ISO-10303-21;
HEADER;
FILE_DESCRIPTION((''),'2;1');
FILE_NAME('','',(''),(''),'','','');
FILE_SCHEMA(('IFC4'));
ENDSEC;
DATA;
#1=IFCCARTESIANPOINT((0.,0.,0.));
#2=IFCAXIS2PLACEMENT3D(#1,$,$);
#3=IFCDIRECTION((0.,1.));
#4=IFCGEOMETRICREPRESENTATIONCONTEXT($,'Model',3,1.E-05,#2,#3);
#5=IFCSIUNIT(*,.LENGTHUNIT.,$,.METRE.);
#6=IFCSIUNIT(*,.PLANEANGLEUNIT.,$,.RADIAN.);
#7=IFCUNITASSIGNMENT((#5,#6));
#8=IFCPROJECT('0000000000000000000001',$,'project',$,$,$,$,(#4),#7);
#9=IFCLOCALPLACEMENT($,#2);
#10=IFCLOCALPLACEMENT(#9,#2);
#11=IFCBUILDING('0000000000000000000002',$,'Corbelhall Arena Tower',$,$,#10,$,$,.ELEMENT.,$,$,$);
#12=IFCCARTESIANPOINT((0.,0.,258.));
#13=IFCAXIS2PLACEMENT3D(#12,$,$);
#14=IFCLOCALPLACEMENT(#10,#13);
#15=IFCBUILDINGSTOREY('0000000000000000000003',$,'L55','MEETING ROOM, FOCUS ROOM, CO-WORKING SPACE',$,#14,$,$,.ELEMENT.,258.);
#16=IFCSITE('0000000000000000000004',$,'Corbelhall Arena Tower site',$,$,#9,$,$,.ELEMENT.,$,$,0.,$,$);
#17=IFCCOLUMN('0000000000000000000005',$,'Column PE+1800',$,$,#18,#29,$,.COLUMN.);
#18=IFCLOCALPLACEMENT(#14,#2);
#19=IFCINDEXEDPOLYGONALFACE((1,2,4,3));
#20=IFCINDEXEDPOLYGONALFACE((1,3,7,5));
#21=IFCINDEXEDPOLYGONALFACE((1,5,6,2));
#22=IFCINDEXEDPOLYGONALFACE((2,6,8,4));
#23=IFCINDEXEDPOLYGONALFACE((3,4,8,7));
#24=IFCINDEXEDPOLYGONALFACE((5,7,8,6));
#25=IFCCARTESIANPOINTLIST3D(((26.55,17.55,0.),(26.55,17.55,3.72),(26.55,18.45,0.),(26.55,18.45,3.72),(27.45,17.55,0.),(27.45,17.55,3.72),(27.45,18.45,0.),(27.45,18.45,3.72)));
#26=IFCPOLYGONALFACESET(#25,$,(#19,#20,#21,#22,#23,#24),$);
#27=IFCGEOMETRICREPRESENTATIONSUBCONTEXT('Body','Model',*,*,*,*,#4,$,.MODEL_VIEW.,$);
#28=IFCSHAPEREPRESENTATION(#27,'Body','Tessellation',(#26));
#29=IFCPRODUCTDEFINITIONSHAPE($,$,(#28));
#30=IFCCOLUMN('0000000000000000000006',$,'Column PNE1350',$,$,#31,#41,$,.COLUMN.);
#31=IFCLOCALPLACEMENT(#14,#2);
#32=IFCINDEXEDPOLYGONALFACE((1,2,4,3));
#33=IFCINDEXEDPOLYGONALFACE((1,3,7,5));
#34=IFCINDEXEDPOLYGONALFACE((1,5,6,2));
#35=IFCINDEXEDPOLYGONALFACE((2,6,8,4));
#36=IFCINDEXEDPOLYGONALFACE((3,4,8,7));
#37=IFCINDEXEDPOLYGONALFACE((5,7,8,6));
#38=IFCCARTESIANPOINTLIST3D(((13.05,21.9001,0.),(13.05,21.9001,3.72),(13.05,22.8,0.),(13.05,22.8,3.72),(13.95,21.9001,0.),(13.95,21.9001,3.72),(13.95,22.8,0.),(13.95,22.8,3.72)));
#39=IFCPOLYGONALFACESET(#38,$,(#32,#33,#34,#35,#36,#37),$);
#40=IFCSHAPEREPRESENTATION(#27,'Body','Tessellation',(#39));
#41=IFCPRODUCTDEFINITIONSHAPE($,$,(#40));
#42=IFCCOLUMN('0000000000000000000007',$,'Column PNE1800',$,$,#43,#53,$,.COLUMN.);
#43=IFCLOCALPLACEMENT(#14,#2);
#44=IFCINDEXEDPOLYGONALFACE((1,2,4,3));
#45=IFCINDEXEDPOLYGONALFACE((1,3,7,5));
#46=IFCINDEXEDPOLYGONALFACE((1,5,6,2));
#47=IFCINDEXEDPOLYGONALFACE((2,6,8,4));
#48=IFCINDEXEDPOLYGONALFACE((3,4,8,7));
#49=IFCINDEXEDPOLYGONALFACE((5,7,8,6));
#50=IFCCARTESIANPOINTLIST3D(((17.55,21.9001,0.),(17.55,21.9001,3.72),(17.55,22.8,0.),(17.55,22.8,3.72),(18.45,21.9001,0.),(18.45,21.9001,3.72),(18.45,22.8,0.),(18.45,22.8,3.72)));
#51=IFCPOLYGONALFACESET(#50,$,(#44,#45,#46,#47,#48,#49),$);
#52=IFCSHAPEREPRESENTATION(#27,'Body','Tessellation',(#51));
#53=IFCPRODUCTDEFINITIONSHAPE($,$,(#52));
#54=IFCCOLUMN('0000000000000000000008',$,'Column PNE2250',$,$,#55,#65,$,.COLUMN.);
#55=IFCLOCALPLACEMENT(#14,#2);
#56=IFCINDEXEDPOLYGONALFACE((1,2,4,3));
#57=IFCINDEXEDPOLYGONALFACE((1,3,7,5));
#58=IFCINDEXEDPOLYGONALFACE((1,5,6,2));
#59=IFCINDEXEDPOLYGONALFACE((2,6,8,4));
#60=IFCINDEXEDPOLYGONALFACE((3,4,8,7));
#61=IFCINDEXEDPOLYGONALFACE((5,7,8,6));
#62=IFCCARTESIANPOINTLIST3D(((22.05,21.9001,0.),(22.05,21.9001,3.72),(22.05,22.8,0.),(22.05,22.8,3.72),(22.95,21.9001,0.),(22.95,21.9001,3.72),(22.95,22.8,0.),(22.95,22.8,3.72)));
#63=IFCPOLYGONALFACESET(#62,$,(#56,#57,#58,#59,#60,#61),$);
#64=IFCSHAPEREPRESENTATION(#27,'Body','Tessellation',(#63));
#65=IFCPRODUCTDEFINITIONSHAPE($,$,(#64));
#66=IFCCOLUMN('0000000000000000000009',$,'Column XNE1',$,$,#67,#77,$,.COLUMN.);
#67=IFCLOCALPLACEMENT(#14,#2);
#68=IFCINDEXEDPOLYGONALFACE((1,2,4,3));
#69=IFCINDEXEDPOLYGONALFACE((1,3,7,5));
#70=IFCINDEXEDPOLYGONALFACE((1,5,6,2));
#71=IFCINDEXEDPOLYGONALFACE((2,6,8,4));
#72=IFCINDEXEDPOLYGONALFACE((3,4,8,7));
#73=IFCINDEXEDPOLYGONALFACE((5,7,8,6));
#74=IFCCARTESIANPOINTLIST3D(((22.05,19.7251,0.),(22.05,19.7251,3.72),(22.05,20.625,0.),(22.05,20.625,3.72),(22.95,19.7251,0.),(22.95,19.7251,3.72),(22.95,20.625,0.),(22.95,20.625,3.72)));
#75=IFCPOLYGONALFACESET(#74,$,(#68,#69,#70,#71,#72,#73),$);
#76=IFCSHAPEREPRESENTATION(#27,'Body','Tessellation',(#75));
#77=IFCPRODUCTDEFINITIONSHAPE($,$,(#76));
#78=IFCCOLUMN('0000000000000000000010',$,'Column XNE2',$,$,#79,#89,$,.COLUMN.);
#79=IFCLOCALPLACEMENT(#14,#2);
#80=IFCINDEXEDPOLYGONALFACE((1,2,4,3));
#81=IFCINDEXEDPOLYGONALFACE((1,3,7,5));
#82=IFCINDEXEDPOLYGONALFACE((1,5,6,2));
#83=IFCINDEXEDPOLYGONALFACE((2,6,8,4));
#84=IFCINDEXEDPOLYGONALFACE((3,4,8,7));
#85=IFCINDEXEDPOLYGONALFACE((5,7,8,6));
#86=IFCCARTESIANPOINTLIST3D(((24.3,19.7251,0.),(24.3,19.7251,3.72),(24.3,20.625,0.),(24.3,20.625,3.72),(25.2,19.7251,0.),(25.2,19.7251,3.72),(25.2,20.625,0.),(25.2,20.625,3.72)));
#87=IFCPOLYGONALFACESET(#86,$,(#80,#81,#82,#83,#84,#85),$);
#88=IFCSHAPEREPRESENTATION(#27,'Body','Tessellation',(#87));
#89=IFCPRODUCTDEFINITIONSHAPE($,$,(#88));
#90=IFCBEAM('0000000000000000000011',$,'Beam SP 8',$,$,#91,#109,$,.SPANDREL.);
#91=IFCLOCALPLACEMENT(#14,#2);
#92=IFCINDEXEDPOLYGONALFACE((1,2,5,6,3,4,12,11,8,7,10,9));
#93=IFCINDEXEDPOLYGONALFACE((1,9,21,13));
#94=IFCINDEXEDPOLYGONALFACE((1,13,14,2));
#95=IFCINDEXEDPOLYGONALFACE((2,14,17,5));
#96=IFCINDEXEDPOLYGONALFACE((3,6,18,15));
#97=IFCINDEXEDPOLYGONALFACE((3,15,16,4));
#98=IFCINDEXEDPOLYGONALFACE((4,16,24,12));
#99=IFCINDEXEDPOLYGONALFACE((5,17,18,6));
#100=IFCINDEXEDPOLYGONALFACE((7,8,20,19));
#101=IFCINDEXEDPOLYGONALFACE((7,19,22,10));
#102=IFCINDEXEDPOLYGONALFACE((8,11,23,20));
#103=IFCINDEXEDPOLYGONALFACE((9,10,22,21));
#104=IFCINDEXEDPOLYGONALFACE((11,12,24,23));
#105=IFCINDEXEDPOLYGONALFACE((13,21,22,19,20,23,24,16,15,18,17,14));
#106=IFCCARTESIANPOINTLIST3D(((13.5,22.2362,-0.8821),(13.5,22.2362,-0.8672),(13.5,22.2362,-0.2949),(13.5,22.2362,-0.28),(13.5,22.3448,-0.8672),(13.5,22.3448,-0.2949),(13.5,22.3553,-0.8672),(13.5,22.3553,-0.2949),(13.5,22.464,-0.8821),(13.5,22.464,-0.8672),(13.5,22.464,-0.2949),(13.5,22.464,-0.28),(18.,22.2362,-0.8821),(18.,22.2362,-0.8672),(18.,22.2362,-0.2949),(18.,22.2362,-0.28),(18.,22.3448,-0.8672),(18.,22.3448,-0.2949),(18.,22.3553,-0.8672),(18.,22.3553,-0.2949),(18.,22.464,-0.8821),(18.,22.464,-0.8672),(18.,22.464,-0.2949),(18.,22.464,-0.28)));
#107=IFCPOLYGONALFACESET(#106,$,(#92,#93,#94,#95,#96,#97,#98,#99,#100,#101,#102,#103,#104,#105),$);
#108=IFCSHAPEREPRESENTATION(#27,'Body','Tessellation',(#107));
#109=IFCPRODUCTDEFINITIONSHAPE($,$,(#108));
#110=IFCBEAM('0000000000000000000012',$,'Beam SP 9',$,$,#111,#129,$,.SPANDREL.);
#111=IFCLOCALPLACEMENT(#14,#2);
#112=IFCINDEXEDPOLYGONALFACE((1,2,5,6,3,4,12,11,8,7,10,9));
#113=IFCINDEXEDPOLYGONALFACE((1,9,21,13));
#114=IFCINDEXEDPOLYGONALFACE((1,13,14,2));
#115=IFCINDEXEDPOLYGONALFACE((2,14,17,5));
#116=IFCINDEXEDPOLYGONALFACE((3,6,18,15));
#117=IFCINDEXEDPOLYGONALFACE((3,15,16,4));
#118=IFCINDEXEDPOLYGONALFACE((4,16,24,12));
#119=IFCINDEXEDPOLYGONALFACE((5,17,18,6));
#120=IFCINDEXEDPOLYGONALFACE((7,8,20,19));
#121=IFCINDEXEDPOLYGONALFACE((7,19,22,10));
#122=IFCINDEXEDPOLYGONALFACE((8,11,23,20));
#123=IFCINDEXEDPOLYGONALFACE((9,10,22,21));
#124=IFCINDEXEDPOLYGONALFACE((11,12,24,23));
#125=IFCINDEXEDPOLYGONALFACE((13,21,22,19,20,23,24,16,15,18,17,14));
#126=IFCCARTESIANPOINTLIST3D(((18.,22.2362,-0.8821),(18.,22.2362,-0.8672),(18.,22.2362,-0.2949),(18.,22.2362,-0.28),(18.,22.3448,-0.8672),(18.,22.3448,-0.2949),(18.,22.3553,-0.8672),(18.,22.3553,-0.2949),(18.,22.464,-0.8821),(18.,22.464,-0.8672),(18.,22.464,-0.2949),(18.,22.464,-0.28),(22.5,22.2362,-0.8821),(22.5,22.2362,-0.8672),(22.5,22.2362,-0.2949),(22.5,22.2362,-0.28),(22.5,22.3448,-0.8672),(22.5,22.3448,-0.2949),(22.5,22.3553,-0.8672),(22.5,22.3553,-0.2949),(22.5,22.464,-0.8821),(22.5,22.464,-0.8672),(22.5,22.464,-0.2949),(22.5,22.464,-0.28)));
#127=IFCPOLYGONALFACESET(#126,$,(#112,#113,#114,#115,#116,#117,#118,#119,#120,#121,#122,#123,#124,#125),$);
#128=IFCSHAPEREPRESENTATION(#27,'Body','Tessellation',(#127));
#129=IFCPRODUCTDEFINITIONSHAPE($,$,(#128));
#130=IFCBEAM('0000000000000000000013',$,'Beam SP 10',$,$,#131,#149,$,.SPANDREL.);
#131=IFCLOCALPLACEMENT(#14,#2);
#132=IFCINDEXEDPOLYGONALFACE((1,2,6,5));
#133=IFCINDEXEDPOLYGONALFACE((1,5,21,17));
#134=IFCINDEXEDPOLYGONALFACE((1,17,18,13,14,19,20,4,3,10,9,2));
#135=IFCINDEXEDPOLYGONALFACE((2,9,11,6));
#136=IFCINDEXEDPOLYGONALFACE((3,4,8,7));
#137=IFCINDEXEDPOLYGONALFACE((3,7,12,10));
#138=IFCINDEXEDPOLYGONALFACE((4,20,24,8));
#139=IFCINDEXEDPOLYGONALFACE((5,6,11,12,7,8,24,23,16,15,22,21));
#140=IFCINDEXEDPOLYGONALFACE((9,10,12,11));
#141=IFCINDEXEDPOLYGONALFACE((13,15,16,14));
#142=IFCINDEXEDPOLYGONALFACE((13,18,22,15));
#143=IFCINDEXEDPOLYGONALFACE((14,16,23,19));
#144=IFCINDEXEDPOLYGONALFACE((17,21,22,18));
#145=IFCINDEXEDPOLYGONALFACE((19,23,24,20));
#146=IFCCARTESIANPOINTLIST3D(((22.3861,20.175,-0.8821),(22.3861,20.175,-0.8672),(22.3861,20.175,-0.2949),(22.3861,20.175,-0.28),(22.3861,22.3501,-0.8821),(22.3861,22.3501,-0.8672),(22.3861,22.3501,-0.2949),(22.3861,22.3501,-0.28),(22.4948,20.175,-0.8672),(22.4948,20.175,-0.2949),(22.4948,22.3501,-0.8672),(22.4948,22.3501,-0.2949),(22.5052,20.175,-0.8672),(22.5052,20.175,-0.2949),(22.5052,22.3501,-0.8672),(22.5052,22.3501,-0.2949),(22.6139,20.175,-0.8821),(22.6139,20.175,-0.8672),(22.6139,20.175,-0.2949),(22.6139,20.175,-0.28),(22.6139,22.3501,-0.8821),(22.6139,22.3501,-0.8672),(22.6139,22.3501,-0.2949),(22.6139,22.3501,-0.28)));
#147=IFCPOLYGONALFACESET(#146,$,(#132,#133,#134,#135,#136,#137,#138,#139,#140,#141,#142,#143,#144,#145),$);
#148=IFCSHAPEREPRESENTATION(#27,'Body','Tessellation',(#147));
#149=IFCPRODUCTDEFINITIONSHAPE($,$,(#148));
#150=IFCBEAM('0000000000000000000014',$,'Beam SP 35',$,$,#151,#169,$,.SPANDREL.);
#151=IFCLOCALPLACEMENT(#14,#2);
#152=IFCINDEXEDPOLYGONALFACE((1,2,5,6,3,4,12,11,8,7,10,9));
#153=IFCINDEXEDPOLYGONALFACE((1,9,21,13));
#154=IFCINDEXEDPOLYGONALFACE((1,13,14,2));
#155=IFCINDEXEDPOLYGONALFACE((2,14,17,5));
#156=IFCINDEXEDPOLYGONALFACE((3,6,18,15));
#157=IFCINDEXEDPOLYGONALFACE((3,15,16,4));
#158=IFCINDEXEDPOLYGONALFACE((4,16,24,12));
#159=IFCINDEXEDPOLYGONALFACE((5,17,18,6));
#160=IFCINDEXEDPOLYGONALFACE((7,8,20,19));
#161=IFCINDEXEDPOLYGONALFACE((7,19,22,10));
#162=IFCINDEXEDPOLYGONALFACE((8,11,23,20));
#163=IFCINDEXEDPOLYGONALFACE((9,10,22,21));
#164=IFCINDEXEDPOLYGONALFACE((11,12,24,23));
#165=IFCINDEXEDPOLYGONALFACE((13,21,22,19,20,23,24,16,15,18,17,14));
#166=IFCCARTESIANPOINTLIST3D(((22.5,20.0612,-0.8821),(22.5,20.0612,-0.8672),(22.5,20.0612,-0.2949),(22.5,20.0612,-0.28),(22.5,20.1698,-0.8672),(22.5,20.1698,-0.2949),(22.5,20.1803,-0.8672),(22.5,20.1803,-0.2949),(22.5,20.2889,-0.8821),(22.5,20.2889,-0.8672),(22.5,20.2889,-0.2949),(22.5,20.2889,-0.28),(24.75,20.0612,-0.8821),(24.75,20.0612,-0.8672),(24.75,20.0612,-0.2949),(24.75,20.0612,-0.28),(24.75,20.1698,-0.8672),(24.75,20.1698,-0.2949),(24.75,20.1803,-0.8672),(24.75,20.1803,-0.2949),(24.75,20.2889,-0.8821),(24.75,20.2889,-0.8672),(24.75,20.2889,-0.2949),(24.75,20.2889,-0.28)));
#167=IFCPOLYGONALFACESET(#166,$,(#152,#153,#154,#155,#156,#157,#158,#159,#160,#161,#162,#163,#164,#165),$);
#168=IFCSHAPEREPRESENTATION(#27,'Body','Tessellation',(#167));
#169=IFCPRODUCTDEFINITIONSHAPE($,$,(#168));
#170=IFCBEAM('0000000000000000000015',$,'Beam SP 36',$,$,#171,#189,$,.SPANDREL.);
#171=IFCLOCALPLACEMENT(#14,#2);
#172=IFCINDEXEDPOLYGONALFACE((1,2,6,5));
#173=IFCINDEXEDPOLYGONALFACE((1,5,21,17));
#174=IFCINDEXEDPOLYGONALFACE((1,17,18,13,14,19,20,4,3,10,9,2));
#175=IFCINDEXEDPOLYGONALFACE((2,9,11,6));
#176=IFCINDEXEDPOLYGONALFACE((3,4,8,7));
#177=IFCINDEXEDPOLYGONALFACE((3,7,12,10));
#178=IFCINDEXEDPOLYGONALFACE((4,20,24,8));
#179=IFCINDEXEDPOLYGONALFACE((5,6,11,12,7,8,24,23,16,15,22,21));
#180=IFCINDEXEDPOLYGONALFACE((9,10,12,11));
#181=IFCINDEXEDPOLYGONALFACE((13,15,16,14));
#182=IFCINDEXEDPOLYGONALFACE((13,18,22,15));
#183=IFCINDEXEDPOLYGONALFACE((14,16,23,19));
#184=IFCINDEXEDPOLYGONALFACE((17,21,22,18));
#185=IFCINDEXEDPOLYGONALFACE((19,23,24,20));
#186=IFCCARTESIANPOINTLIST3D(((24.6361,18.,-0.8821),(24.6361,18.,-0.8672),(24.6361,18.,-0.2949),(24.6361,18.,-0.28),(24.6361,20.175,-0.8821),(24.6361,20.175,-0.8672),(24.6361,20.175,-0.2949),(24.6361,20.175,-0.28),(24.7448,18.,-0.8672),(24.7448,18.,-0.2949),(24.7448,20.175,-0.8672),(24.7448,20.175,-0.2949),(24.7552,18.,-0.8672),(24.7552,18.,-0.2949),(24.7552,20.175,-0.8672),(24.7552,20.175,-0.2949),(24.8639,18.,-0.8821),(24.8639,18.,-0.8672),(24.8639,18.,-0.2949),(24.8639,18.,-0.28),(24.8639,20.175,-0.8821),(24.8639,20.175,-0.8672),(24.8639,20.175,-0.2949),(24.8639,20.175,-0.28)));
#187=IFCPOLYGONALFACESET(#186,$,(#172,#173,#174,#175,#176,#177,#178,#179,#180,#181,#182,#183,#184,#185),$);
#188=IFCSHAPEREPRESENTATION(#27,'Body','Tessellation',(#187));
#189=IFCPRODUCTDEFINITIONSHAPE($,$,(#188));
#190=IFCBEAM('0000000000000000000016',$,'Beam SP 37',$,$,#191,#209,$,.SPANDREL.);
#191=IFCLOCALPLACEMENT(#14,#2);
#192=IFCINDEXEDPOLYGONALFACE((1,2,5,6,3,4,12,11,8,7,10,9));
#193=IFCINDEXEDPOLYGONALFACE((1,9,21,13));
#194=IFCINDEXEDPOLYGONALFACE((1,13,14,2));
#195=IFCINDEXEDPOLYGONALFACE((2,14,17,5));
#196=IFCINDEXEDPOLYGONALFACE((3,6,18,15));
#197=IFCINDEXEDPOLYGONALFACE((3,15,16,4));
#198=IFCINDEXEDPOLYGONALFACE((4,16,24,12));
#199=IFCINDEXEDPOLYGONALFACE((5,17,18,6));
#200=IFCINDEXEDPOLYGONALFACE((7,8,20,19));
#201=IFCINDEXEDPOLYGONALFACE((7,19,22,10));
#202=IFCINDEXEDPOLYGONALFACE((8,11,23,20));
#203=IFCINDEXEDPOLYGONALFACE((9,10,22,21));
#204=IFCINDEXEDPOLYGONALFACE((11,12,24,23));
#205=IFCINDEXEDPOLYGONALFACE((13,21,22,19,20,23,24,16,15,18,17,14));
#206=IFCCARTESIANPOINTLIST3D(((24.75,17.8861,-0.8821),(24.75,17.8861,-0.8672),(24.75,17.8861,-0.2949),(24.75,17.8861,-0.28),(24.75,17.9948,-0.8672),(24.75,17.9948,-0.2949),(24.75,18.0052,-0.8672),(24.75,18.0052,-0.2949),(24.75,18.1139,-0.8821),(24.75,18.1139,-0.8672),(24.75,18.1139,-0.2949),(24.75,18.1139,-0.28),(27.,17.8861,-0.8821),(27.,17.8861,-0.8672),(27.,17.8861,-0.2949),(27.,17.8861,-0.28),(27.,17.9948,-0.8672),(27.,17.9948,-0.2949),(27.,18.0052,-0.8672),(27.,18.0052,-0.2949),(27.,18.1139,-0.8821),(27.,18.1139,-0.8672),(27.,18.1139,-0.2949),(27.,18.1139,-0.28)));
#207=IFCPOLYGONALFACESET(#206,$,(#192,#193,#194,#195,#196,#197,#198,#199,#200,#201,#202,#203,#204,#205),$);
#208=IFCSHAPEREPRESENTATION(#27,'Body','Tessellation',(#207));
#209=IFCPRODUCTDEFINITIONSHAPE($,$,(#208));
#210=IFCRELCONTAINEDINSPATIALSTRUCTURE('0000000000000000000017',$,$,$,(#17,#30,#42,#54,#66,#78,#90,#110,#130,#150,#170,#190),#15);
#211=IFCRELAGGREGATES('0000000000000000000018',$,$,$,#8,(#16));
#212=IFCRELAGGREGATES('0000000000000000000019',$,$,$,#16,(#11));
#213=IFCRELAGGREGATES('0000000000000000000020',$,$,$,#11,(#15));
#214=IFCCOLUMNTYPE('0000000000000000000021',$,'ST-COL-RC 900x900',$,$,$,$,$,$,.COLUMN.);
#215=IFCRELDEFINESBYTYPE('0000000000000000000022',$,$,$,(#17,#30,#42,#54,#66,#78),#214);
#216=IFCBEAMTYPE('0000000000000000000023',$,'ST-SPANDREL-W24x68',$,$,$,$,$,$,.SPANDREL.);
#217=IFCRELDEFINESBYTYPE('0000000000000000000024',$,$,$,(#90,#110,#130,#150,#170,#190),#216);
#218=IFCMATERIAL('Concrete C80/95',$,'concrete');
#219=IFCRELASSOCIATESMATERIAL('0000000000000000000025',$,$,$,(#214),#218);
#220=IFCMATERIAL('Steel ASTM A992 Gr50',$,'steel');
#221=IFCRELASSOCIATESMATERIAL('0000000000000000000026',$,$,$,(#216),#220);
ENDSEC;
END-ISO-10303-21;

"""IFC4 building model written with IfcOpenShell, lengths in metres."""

from ifc_helpers import new_model, si_unit, direction, frame, origin, origin_2d, place, context, subcontext, project, spatial, rectangle, i_section, extrude, material, material_profile, profile_set, type_object, element, save


model = new_model("IFC4")

# Units and contexts
model_context = context("Model", 3, precision=1e-05, world=origin(), true_north=direction((0.0, 1.0)))
body_context = subcontext(model_context, "Body", "Model", "MODEL_VIEW")
ifc_project = project(units=[si_unit("LENGTHUNIT", "METRE"), si_unit("PLANEANGLEUNIT", "RADIAN")], contexts=[model_context])

# Site, building, storey
site_placement = place(None, origin())
site = spatial("IfcSite", under=ifc_project, at=site_placement, Name="Corbelhall Arena Tower site", CompositionType="ELEMENT", RefElevation=0.0)
building_placement = place(site_placement, origin())
building = spatial("IfcBuilding", under=site, at=building_placement, Name="Corbelhall Arena Tower", CompositionType="ELEMENT")
storey_placement = place(building_placement, frame((0.0, 0.0, 258.0)))
storey = spatial("IfcBuildingStorey", under=building, at=storey_placement, Name="L55", Description="MEETING ROOM, FOCUS ROOM, CO-WORKING SPACE", CompositionType="ELEMENT", Elevation=258.0)

# Columns
ifc_material_1 = material(Name="Concrete C80/95", Category="concrete")
ifc_material_profile_1 = material_profile(ifc_material_1, rectangle(XDim=0.8999, YDim=0.8999, at=origin_2d()))
ifc_profile_set_1 = profile_set([ifc_material_profile_1], Name="Concrete C80/95")
column_type = type_object("IfcColumnType", Name="ST-COL-RC 900x900", PredefinedType="COLUMN", material=ifc_profile_set_1)
for number, where, z_axis, x_axis, name in (
    (1, (27.0, 18.0, 0.0), (0.0, 0.0, 1.0), (0.0, 1.0, 0.0), "Column PE+1800"),
    (2, (13.5, 22.3501, 0.0), (0.0, 0.0, 1.0), (1.0, 0.0, 0.0), "Column PNE1350"),
    (3, (18.0, 22.3501, 0.0), (0.0, 0.0, 1.0), (1.0, 0.0, 0.0), "Column PNE1800"),
    (4, (22.5, 22.3501, 0.0), (0.0, 0.0, 1.0), (1.0, 0.0, 0.0), "Column PNE2250"),
    (5, (22.5, 20.175, 0.0), (0.0, 0.0, 1.0), (1.0, 0.0, 0.0), "Column XNE1"),
    (6, (24.75, 20.175, 0.0), (0.0, 0.0, 1.0), (1.0, 0.0, 0.0), "Column XNE2"),
):
    element("IfcColumn", number, at=place(storey_placement, frame(where, z_axis=z_axis, x_axis=x_axis)), inside=storey, type_object=column_type, Name=name, PredefinedType="COLUMN", context=body_context, shape_type="SweptSolid", body=[
        extrude(rectangle(XDim=0.8999, YDim=0.8999, at=origin_2d()), origin(), (0.0, 0.0, 1.0), 3.72),
    ])

# Beams
ifc_material_2 = material(Name="Steel ASTM A992 Gr50", Category="steel")
ifc_material_profile_2 = material_profile(ifc_material_2, i_section(OverallWidth=0.2278, OverallDepth=0.6021, WebThickness=0.0105, FlangeThickness=0.0149, at=origin_2d()))
ifc_profile_set_2 = profile_set([ifc_material_profile_2], Name="Steel ASTM A992 Gr50")
beam_type_1 = type_object("IfcBeamType", Name="ST-SPANDREL-W24x68", PredefinedType="SPANDREL", material=ifc_profile_set_2)
for number, where, z_axis, x_axis, name in (
    (7, (13.5, 22.3501, -0.5811), (1.0, 0.0, 0.0), (0.0, 1.0, 0.0), "Beam SP 8"),
    (8, (18.0, 22.3501, -0.5811), (1.0, 0.0, 0.0), (0.0, 1.0, 0.0), "Beam SP 9"),
):
    element("IfcBeam", number, at=place(storey_placement, frame(where, z_axis=z_axis, x_axis=x_axis)), inside=storey, type_object=beam_type_1, Name=name, PredefinedType="SPANDREL", context=body_context, shape_type="SweptSolid", body=[
        extrude(i_section(OverallWidth=0.2278, OverallDepth=0.6021, WebThickness=0.0105, FlangeThickness=0.0149, at=origin_2d()), origin(), (0.0, 0.0, 1.0), 4.5),
    ])
beam_1_placement = place(storey_placement, frame((22.5, 22.3501, -0.5811), z_axis=(0.0, -1.0, 0.0), x_axis=(1.0, 0.0, 0.0)))
element("IfcBeam", 9, at=beam_1_placement, inside=storey, type_object=beam_type_1, Name="Beam SP 10", PredefinedType="SPANDREL", context=body_context, shape_type="SweptSolid", body=[
    extrude(i_section(OverallWidth=0.2278, OverallDepth=0.6021, WebThickness=0.0105, FlangeThickness=0.0149, at=origin_2d()), origin(), (0.0, 0.0, 1.0), 2.175),
])
beam_2_placement = place(storey_placement, frame((22.5, 20.175, -0.5811), z_axis=(1.0, 0.0, 0.0), x_axis=(0.0, 1.0, 0.0)))
element("IfcBeam", 10, at=beam_2_placement, inside=storey, type_object=beam_type_1, Name="Beam SP 35", PredefinedType="SPANDREL", context=body_context, shape_type="SweptSolid", body=[
    extrude(i_section(OverallWidth=0.2278, OverallDepth=0.6021, WebThickness=0.0105, FlangeThickness=0.0149, at=origin_2d()), origin(), (0.0, 0.0, 1.0), 2.25),
])
beam_3_placement = place(storey_placement, frame((24.75, 20.175, -0.5811), z_axis=(0.0, -1.0, 0.0), x_axis=(1.0, 0.0, 0.0)))
element("IfcBeam", 11, at=beam_3_placement, inside=storey, type_object=beam_type_1, Name="Beam SP 36", PredefinedType="SPANDREL", context=body_context, shape_type="SweptSolid", body=[
    extrude(i_section(OverallWidth=0.2278, OverallDepth=0.6021, WebThickness=0.0105, FlangeThickness=0.0149, at=origin_2d()), origin(), (0.0, 0.0, 1.0), 2.175),
])
beam_4_placement = place(storey_placement, frame((24.75, 18.0, -0.5811), z_axis=(1.0, 0.0, 0.0), x_axis=(0.0, 1.0, 0.0)))
element("IfcBeam", 12, at=beam_4_placement, inside=storey, type_object=beam_type_1, Name="Beam SP 37", PredefinedType="SPANDREL", context=body_context, shape_type="SweptSolid", body=[
    extrude(i_section(OverallWidth=0.2278, OverallDepth=0.6021, WebThickness=0.0105, FlangeThickness=0.0149, at=origin_2d()), origin(), (0.0, 0.0, 1.0), 2.25),
])

save(model, "model.ifc")
